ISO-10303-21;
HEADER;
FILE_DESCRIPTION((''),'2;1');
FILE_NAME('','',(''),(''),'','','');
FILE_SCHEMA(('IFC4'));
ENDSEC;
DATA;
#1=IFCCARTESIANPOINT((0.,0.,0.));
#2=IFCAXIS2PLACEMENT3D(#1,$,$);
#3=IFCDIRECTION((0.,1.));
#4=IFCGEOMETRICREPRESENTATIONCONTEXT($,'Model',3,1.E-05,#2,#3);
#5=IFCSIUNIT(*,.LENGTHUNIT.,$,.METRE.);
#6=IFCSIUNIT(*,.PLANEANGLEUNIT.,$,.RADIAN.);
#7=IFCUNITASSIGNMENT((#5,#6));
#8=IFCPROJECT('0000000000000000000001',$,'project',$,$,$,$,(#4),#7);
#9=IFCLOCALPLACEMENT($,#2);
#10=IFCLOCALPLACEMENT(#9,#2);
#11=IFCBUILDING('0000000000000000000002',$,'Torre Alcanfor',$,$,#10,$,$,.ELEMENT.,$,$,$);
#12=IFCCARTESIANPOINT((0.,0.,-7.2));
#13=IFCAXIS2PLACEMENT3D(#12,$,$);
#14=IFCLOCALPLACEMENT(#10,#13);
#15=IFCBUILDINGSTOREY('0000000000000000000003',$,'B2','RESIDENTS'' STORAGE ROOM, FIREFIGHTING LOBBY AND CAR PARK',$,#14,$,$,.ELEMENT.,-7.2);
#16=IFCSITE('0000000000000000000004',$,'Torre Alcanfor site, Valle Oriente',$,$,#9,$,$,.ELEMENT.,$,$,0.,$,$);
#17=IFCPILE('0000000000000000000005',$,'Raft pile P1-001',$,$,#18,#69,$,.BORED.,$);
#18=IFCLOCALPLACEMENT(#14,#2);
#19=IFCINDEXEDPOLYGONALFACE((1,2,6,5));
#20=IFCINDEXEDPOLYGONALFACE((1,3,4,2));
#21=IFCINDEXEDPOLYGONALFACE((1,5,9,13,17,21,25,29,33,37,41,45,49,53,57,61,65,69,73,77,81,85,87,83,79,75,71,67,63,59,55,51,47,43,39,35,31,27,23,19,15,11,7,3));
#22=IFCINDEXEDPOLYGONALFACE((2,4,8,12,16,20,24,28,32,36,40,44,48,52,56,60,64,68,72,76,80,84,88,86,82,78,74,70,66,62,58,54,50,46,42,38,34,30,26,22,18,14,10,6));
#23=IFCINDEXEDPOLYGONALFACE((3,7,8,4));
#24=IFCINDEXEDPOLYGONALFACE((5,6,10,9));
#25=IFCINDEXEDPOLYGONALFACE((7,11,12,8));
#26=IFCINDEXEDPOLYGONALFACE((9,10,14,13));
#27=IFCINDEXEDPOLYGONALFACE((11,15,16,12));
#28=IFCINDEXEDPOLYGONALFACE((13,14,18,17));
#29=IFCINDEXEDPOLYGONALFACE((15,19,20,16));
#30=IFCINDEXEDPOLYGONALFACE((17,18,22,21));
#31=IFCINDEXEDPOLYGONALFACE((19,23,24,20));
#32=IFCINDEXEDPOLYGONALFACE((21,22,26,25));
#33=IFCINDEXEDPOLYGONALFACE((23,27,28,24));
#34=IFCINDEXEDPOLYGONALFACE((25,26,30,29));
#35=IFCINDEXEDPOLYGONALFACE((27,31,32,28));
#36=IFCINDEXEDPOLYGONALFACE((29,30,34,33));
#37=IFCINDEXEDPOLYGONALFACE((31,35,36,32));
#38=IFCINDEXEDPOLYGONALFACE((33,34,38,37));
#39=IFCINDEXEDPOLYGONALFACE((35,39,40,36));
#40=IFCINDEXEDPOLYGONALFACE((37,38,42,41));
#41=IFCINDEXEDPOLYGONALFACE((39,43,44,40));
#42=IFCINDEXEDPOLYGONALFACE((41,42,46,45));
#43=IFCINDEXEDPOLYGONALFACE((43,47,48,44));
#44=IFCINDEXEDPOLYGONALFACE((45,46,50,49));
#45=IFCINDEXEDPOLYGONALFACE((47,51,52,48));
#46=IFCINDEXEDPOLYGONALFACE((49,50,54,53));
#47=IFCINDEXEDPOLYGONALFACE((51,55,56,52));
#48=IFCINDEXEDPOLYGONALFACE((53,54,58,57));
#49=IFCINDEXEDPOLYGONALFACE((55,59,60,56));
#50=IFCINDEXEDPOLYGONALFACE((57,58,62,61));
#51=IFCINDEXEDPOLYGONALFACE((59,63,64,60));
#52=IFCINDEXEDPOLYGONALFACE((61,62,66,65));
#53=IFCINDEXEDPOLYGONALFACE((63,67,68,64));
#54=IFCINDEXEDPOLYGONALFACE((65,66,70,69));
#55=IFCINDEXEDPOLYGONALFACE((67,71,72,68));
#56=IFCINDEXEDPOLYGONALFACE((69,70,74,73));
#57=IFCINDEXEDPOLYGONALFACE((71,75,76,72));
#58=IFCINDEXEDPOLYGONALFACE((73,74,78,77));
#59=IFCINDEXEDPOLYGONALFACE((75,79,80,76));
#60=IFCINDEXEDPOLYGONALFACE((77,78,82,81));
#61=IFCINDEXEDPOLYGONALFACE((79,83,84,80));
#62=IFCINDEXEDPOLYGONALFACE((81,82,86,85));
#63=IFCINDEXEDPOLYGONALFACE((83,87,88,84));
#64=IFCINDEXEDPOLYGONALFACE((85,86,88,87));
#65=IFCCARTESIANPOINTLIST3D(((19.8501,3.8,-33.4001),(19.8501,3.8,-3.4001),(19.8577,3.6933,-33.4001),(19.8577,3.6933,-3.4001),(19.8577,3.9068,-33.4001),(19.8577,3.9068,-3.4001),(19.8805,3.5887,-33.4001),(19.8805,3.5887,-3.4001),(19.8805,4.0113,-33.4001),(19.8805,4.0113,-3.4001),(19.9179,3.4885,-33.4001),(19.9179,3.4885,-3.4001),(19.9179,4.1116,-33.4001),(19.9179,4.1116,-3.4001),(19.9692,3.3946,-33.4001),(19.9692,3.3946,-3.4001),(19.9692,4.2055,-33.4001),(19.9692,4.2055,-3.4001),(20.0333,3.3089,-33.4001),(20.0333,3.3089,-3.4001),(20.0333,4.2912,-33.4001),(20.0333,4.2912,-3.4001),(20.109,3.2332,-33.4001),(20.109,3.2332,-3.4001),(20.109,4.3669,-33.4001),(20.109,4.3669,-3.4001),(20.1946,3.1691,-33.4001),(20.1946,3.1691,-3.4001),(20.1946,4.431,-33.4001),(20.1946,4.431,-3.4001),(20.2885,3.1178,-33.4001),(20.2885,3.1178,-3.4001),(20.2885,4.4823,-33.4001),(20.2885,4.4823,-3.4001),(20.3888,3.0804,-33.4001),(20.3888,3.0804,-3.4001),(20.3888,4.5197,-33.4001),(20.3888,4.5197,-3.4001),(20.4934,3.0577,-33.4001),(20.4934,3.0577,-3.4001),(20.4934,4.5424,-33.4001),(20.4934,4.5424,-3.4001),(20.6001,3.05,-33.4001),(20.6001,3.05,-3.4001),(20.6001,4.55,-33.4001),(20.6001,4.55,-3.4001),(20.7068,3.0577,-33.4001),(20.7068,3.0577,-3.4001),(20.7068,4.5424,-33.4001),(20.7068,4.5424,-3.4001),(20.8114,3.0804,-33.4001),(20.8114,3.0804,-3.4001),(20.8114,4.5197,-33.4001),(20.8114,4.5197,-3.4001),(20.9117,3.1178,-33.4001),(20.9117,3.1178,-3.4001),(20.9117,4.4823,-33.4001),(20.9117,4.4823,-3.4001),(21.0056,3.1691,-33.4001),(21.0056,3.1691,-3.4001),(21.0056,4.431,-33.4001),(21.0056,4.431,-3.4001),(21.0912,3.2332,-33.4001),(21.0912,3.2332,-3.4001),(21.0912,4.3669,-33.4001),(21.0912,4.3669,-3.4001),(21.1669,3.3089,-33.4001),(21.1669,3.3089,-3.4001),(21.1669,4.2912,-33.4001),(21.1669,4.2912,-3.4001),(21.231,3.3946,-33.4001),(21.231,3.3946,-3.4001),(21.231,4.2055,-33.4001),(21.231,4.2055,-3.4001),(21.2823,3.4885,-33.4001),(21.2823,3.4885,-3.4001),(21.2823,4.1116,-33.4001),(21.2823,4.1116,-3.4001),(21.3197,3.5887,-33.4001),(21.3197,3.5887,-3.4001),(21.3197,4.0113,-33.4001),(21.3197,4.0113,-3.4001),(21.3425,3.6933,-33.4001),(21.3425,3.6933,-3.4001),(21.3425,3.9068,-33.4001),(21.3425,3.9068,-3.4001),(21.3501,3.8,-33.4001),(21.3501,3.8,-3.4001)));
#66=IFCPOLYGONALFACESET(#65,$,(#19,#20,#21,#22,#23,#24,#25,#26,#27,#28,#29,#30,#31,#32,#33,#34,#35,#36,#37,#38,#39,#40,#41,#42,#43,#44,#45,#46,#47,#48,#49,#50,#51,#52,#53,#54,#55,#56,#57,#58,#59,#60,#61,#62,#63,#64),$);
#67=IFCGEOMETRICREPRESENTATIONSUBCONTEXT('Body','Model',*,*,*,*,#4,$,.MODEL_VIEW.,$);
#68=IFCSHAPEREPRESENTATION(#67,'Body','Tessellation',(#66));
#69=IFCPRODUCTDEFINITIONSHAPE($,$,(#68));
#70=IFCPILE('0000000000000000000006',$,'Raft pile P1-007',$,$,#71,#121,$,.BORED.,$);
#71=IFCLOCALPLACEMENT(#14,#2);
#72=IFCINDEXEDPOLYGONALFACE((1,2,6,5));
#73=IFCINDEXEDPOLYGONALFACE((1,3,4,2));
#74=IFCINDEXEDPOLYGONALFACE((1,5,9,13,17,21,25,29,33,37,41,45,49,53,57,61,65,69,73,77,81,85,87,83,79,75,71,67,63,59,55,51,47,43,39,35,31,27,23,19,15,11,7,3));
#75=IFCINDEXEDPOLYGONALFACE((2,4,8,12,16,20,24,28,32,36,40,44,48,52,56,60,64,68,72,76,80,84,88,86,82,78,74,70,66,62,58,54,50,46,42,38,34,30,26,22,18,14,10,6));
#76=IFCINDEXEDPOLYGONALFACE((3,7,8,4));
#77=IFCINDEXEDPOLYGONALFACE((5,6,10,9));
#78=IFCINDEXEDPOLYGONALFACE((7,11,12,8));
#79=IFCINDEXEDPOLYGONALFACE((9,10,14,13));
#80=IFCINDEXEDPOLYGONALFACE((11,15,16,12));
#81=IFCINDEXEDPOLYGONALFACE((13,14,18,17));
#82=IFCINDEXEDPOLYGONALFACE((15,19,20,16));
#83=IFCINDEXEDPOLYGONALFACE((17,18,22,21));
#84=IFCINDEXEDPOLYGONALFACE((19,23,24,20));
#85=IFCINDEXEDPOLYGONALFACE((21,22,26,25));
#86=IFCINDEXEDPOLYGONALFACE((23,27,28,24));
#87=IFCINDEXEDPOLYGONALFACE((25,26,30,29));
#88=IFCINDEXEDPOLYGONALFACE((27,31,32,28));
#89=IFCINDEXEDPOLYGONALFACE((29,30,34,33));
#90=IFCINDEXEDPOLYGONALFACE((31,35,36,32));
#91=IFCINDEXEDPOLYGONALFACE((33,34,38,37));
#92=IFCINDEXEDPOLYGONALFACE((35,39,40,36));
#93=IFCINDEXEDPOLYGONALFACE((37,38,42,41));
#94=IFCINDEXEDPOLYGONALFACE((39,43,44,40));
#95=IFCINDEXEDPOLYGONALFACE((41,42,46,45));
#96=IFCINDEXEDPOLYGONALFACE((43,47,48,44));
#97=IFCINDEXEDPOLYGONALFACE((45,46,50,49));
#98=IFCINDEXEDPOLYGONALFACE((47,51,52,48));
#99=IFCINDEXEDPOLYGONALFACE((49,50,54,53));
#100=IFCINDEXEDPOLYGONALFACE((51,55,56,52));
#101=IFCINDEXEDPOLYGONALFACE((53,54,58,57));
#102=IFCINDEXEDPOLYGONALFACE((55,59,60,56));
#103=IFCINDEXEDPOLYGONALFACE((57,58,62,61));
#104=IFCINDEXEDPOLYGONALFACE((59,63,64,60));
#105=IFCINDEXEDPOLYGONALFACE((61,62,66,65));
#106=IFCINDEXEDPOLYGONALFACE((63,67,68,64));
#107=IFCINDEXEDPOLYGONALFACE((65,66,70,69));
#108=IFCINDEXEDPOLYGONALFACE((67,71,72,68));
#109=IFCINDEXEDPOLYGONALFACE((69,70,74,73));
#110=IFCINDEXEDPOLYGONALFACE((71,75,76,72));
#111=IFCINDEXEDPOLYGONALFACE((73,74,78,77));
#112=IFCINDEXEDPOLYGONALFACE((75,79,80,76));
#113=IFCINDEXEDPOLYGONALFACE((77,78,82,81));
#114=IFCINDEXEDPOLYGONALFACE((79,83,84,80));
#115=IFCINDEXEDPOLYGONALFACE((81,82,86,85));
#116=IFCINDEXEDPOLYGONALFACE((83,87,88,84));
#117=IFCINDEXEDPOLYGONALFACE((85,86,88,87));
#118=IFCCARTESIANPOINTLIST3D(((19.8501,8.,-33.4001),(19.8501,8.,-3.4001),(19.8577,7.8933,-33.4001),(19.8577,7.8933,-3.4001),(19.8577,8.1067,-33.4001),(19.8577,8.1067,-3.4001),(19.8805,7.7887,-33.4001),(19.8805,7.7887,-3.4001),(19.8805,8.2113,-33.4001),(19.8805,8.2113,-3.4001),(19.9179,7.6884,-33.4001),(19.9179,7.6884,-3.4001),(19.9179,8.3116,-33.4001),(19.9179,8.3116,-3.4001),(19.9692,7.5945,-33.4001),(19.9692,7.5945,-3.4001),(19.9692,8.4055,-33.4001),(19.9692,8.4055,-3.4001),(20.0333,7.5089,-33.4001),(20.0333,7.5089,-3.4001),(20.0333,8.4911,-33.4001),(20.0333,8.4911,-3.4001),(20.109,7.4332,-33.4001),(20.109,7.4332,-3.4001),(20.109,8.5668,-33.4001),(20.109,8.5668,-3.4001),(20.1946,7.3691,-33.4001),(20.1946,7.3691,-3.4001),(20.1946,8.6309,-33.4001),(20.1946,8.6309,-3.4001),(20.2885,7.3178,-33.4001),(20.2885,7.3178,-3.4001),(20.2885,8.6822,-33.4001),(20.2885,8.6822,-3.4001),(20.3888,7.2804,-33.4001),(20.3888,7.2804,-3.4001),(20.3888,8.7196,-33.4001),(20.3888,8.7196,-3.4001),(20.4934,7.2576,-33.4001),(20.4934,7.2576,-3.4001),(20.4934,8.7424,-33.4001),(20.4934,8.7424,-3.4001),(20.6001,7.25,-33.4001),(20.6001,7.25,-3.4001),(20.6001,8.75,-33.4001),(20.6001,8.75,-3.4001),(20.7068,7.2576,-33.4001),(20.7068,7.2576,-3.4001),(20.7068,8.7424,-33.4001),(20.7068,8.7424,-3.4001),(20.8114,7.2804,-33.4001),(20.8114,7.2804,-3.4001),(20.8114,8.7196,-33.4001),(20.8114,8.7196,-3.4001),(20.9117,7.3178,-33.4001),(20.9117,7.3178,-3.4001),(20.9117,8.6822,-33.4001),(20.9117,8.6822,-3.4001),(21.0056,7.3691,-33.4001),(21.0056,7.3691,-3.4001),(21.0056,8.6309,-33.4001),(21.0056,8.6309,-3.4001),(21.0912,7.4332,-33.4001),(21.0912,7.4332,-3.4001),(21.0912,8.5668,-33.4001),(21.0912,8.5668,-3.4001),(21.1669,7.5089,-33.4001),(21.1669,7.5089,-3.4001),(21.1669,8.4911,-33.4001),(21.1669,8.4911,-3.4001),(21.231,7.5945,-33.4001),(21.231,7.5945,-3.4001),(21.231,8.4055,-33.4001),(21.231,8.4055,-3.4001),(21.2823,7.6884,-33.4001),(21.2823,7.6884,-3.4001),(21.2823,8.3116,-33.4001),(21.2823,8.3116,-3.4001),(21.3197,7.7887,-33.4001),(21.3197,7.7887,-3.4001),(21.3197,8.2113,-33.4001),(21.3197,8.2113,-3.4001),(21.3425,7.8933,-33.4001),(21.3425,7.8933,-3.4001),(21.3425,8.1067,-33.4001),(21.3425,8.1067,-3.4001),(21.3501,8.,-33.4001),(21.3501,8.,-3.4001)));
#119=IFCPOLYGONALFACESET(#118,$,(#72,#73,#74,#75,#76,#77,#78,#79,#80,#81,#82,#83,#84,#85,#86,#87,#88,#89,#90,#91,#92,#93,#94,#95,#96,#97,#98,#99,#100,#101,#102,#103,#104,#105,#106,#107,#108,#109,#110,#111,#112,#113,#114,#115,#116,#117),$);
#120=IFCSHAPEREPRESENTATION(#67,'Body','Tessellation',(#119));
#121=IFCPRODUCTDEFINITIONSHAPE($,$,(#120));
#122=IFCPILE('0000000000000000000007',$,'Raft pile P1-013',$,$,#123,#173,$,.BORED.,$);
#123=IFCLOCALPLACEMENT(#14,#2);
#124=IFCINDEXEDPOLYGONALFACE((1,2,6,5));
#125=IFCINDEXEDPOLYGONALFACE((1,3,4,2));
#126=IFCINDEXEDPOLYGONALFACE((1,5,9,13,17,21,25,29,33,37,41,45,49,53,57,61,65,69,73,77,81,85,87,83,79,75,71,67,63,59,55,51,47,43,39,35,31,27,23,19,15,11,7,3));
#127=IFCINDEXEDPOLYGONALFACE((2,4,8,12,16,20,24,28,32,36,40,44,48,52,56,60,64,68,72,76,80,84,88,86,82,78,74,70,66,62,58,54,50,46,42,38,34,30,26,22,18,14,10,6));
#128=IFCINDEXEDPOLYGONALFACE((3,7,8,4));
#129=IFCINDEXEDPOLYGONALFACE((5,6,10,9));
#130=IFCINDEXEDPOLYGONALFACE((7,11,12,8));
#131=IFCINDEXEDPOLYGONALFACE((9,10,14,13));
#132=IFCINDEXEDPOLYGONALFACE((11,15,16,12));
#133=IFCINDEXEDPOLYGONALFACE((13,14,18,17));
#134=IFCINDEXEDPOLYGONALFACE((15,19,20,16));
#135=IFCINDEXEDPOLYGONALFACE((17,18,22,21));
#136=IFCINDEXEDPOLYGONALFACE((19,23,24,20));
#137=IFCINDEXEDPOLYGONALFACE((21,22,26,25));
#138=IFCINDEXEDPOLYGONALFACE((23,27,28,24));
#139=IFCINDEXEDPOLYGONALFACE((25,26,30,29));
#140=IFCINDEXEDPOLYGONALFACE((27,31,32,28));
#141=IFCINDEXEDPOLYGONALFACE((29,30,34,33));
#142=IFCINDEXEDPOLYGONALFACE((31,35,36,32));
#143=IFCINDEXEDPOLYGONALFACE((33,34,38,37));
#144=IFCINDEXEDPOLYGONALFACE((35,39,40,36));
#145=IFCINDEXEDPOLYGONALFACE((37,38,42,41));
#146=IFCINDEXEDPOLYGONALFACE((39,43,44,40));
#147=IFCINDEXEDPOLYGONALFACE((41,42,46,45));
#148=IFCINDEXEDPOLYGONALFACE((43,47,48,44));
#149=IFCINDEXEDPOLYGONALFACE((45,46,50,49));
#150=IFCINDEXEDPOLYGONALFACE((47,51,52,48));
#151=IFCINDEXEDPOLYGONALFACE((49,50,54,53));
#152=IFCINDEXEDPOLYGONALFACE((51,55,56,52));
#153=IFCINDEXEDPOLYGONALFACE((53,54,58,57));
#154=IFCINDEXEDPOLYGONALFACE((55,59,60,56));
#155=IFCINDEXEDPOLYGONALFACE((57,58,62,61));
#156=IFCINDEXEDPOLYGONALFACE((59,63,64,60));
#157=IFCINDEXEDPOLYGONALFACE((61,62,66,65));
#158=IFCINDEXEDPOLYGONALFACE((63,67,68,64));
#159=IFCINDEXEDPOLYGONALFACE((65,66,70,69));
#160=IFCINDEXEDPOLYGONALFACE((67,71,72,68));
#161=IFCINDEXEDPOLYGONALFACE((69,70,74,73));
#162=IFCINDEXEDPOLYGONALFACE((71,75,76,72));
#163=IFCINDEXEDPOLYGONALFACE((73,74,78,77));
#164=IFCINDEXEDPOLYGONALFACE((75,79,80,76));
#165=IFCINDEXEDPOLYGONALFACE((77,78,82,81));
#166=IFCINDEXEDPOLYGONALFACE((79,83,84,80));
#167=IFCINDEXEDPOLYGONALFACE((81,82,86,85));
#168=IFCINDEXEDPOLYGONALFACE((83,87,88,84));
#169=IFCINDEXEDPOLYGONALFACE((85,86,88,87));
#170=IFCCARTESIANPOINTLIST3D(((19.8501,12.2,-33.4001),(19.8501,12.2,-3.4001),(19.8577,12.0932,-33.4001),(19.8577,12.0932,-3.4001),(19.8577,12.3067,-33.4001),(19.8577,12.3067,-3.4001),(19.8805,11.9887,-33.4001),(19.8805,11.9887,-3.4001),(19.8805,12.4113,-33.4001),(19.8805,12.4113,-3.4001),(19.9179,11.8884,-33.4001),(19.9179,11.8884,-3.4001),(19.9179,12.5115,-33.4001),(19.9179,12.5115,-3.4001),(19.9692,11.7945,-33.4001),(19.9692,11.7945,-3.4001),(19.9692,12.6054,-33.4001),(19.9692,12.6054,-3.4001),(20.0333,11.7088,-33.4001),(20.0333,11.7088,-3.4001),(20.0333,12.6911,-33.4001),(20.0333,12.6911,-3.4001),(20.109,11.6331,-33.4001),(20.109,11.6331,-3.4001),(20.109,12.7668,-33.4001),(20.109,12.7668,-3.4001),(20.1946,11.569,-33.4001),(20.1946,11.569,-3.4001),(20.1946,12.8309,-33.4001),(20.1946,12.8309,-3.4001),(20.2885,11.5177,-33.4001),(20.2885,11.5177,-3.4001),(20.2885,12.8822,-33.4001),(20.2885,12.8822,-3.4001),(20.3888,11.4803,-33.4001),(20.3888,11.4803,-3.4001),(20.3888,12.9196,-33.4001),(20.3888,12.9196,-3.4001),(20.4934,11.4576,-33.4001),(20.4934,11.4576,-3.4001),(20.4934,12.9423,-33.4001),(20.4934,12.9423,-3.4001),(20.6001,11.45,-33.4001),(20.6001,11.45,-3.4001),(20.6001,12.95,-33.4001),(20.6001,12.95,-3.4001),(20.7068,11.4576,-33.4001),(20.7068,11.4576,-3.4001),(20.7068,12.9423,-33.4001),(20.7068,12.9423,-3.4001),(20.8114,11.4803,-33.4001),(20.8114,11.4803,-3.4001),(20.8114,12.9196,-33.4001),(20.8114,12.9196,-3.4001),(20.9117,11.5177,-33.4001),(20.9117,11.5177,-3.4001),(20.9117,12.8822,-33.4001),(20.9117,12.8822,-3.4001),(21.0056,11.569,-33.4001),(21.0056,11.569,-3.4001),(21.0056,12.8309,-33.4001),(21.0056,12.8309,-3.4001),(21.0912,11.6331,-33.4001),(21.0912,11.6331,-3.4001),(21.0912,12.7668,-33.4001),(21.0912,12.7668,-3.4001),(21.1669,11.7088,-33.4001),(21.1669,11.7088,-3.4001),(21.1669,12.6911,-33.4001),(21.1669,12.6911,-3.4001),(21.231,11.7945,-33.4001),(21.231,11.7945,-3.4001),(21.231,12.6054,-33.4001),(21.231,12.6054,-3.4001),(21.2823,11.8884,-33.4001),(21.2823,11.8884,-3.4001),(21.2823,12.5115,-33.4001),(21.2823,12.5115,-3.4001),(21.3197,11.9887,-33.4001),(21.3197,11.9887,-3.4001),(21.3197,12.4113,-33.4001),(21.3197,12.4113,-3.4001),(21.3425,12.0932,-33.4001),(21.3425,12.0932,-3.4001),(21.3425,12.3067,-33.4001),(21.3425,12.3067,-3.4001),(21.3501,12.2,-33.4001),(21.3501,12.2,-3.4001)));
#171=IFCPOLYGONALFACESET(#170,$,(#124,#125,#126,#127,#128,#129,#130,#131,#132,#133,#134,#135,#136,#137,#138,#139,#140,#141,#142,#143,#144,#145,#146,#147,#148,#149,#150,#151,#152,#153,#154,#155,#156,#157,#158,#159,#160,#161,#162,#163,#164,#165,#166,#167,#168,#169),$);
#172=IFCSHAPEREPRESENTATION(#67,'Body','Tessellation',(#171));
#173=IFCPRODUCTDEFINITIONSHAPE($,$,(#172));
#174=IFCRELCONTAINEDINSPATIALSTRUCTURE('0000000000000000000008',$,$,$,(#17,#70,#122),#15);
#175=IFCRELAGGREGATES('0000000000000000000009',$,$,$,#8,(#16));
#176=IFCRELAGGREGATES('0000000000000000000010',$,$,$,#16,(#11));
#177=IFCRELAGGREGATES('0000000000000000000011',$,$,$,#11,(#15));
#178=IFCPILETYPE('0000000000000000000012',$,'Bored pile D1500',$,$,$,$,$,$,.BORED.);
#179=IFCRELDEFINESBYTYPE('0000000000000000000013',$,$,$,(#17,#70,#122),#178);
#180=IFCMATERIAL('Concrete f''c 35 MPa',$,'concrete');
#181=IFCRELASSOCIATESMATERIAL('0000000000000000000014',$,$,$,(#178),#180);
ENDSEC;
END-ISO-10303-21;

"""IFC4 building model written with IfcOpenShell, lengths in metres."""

from ifc_helpers import new_model, si_unit, direction, frame, origin, origin_2d, place, context, subcontext, project, spatial, circle, extrude, material, material_profile, profile_set, type_object, element, save


model = new_model("IFC4")

# Units and contexts
model_context = context("Model", 3, precision=1e-05, world=origin(), true_north=direction((0.0, 1.0)))
body_context = subcontext(model_context, "Body", "Model", "MODEL_VIEW")
ifc_project = project(units=[si_unit("LENGTHUNIT", "METRE"), si_unit("PLANEANGLEUNIT", "RADIAN")], contexts=[model_context])

# Site, building, storey
site_placement = place(None, origin())
site = spatial("IfcSite", under=ifc_project, at=site_placement, Name="Torre Alcanfor site, Valle Oriente", CompositionType="ELEMENT", RefElevation=0.0)
building_placement = place(site_placement, origin())
building = spatial("IfcBuilding", under=site, at=building_placement, Name="Torre Alcanfor", CompositionType="ELEMENT")
storey_placement = place(building_placement, frame((0.0, 0.0, -7.2)))
storey = spatial("IfcBuildingStorey", under=building, at=storey_placement, Name="B2", Description="RESIDENTS' STORAGE ROOM, FIREFIGHTING LOBBY AND CAR PARK", CompositionType="ELEMENT", Elevation=-7.2)

# Piles
ifc_material_1 = material(Name="Concrete f'c 35 MPa", Category="concrete")
ifc_material_profile_1 = material_profile(ifc_material_1, circle(Radius=0.75, at=origin_2d()), Name="D1500")
ifc_profile_set_1 = profile_set([ifc_material_profile_1], Name="Concrete f'c 35 MPa")
pile_type_1 = type_object("IfcPileType", Name="Bored pile D1500", PredefinedType="BORED", material=ifc_profile_set_1)
for number, where, z_axis, x_axis, name in (
    (1, (20.6001, 3.8, -3.4001), (0.0, 0.0, -1.0), (1.0, 0.0, 0.0), "Raft pile P1-001"),
    (2, (20.6001, 8.0, -3.4001), (0.0, 0.0, -1.0), (1.0, 0.0, 0.0), "Raft pile P1-007"),
    (3, (20.6001, 12.2, -3.4001), (0.0, 0.0, -1.0), (1.0, 0.0, 0.0), "Raft pile P1-013"),
):
    element("IfcPile", number, at=place(storey_placement, frame(where, z_axis=z_axis, x_axis=x_axis)), inside=storey, type_object=pile_type_1, Name=name, PredefinedType="BORED", context=body_context, shape_type="SweptSolid", body=[
        extrude(circle(Radius=0.75, at=origin_2d()), origin(), (0.0, 0.0, 1.0), 30.0),
    ])

save(model, "model.ifc")
